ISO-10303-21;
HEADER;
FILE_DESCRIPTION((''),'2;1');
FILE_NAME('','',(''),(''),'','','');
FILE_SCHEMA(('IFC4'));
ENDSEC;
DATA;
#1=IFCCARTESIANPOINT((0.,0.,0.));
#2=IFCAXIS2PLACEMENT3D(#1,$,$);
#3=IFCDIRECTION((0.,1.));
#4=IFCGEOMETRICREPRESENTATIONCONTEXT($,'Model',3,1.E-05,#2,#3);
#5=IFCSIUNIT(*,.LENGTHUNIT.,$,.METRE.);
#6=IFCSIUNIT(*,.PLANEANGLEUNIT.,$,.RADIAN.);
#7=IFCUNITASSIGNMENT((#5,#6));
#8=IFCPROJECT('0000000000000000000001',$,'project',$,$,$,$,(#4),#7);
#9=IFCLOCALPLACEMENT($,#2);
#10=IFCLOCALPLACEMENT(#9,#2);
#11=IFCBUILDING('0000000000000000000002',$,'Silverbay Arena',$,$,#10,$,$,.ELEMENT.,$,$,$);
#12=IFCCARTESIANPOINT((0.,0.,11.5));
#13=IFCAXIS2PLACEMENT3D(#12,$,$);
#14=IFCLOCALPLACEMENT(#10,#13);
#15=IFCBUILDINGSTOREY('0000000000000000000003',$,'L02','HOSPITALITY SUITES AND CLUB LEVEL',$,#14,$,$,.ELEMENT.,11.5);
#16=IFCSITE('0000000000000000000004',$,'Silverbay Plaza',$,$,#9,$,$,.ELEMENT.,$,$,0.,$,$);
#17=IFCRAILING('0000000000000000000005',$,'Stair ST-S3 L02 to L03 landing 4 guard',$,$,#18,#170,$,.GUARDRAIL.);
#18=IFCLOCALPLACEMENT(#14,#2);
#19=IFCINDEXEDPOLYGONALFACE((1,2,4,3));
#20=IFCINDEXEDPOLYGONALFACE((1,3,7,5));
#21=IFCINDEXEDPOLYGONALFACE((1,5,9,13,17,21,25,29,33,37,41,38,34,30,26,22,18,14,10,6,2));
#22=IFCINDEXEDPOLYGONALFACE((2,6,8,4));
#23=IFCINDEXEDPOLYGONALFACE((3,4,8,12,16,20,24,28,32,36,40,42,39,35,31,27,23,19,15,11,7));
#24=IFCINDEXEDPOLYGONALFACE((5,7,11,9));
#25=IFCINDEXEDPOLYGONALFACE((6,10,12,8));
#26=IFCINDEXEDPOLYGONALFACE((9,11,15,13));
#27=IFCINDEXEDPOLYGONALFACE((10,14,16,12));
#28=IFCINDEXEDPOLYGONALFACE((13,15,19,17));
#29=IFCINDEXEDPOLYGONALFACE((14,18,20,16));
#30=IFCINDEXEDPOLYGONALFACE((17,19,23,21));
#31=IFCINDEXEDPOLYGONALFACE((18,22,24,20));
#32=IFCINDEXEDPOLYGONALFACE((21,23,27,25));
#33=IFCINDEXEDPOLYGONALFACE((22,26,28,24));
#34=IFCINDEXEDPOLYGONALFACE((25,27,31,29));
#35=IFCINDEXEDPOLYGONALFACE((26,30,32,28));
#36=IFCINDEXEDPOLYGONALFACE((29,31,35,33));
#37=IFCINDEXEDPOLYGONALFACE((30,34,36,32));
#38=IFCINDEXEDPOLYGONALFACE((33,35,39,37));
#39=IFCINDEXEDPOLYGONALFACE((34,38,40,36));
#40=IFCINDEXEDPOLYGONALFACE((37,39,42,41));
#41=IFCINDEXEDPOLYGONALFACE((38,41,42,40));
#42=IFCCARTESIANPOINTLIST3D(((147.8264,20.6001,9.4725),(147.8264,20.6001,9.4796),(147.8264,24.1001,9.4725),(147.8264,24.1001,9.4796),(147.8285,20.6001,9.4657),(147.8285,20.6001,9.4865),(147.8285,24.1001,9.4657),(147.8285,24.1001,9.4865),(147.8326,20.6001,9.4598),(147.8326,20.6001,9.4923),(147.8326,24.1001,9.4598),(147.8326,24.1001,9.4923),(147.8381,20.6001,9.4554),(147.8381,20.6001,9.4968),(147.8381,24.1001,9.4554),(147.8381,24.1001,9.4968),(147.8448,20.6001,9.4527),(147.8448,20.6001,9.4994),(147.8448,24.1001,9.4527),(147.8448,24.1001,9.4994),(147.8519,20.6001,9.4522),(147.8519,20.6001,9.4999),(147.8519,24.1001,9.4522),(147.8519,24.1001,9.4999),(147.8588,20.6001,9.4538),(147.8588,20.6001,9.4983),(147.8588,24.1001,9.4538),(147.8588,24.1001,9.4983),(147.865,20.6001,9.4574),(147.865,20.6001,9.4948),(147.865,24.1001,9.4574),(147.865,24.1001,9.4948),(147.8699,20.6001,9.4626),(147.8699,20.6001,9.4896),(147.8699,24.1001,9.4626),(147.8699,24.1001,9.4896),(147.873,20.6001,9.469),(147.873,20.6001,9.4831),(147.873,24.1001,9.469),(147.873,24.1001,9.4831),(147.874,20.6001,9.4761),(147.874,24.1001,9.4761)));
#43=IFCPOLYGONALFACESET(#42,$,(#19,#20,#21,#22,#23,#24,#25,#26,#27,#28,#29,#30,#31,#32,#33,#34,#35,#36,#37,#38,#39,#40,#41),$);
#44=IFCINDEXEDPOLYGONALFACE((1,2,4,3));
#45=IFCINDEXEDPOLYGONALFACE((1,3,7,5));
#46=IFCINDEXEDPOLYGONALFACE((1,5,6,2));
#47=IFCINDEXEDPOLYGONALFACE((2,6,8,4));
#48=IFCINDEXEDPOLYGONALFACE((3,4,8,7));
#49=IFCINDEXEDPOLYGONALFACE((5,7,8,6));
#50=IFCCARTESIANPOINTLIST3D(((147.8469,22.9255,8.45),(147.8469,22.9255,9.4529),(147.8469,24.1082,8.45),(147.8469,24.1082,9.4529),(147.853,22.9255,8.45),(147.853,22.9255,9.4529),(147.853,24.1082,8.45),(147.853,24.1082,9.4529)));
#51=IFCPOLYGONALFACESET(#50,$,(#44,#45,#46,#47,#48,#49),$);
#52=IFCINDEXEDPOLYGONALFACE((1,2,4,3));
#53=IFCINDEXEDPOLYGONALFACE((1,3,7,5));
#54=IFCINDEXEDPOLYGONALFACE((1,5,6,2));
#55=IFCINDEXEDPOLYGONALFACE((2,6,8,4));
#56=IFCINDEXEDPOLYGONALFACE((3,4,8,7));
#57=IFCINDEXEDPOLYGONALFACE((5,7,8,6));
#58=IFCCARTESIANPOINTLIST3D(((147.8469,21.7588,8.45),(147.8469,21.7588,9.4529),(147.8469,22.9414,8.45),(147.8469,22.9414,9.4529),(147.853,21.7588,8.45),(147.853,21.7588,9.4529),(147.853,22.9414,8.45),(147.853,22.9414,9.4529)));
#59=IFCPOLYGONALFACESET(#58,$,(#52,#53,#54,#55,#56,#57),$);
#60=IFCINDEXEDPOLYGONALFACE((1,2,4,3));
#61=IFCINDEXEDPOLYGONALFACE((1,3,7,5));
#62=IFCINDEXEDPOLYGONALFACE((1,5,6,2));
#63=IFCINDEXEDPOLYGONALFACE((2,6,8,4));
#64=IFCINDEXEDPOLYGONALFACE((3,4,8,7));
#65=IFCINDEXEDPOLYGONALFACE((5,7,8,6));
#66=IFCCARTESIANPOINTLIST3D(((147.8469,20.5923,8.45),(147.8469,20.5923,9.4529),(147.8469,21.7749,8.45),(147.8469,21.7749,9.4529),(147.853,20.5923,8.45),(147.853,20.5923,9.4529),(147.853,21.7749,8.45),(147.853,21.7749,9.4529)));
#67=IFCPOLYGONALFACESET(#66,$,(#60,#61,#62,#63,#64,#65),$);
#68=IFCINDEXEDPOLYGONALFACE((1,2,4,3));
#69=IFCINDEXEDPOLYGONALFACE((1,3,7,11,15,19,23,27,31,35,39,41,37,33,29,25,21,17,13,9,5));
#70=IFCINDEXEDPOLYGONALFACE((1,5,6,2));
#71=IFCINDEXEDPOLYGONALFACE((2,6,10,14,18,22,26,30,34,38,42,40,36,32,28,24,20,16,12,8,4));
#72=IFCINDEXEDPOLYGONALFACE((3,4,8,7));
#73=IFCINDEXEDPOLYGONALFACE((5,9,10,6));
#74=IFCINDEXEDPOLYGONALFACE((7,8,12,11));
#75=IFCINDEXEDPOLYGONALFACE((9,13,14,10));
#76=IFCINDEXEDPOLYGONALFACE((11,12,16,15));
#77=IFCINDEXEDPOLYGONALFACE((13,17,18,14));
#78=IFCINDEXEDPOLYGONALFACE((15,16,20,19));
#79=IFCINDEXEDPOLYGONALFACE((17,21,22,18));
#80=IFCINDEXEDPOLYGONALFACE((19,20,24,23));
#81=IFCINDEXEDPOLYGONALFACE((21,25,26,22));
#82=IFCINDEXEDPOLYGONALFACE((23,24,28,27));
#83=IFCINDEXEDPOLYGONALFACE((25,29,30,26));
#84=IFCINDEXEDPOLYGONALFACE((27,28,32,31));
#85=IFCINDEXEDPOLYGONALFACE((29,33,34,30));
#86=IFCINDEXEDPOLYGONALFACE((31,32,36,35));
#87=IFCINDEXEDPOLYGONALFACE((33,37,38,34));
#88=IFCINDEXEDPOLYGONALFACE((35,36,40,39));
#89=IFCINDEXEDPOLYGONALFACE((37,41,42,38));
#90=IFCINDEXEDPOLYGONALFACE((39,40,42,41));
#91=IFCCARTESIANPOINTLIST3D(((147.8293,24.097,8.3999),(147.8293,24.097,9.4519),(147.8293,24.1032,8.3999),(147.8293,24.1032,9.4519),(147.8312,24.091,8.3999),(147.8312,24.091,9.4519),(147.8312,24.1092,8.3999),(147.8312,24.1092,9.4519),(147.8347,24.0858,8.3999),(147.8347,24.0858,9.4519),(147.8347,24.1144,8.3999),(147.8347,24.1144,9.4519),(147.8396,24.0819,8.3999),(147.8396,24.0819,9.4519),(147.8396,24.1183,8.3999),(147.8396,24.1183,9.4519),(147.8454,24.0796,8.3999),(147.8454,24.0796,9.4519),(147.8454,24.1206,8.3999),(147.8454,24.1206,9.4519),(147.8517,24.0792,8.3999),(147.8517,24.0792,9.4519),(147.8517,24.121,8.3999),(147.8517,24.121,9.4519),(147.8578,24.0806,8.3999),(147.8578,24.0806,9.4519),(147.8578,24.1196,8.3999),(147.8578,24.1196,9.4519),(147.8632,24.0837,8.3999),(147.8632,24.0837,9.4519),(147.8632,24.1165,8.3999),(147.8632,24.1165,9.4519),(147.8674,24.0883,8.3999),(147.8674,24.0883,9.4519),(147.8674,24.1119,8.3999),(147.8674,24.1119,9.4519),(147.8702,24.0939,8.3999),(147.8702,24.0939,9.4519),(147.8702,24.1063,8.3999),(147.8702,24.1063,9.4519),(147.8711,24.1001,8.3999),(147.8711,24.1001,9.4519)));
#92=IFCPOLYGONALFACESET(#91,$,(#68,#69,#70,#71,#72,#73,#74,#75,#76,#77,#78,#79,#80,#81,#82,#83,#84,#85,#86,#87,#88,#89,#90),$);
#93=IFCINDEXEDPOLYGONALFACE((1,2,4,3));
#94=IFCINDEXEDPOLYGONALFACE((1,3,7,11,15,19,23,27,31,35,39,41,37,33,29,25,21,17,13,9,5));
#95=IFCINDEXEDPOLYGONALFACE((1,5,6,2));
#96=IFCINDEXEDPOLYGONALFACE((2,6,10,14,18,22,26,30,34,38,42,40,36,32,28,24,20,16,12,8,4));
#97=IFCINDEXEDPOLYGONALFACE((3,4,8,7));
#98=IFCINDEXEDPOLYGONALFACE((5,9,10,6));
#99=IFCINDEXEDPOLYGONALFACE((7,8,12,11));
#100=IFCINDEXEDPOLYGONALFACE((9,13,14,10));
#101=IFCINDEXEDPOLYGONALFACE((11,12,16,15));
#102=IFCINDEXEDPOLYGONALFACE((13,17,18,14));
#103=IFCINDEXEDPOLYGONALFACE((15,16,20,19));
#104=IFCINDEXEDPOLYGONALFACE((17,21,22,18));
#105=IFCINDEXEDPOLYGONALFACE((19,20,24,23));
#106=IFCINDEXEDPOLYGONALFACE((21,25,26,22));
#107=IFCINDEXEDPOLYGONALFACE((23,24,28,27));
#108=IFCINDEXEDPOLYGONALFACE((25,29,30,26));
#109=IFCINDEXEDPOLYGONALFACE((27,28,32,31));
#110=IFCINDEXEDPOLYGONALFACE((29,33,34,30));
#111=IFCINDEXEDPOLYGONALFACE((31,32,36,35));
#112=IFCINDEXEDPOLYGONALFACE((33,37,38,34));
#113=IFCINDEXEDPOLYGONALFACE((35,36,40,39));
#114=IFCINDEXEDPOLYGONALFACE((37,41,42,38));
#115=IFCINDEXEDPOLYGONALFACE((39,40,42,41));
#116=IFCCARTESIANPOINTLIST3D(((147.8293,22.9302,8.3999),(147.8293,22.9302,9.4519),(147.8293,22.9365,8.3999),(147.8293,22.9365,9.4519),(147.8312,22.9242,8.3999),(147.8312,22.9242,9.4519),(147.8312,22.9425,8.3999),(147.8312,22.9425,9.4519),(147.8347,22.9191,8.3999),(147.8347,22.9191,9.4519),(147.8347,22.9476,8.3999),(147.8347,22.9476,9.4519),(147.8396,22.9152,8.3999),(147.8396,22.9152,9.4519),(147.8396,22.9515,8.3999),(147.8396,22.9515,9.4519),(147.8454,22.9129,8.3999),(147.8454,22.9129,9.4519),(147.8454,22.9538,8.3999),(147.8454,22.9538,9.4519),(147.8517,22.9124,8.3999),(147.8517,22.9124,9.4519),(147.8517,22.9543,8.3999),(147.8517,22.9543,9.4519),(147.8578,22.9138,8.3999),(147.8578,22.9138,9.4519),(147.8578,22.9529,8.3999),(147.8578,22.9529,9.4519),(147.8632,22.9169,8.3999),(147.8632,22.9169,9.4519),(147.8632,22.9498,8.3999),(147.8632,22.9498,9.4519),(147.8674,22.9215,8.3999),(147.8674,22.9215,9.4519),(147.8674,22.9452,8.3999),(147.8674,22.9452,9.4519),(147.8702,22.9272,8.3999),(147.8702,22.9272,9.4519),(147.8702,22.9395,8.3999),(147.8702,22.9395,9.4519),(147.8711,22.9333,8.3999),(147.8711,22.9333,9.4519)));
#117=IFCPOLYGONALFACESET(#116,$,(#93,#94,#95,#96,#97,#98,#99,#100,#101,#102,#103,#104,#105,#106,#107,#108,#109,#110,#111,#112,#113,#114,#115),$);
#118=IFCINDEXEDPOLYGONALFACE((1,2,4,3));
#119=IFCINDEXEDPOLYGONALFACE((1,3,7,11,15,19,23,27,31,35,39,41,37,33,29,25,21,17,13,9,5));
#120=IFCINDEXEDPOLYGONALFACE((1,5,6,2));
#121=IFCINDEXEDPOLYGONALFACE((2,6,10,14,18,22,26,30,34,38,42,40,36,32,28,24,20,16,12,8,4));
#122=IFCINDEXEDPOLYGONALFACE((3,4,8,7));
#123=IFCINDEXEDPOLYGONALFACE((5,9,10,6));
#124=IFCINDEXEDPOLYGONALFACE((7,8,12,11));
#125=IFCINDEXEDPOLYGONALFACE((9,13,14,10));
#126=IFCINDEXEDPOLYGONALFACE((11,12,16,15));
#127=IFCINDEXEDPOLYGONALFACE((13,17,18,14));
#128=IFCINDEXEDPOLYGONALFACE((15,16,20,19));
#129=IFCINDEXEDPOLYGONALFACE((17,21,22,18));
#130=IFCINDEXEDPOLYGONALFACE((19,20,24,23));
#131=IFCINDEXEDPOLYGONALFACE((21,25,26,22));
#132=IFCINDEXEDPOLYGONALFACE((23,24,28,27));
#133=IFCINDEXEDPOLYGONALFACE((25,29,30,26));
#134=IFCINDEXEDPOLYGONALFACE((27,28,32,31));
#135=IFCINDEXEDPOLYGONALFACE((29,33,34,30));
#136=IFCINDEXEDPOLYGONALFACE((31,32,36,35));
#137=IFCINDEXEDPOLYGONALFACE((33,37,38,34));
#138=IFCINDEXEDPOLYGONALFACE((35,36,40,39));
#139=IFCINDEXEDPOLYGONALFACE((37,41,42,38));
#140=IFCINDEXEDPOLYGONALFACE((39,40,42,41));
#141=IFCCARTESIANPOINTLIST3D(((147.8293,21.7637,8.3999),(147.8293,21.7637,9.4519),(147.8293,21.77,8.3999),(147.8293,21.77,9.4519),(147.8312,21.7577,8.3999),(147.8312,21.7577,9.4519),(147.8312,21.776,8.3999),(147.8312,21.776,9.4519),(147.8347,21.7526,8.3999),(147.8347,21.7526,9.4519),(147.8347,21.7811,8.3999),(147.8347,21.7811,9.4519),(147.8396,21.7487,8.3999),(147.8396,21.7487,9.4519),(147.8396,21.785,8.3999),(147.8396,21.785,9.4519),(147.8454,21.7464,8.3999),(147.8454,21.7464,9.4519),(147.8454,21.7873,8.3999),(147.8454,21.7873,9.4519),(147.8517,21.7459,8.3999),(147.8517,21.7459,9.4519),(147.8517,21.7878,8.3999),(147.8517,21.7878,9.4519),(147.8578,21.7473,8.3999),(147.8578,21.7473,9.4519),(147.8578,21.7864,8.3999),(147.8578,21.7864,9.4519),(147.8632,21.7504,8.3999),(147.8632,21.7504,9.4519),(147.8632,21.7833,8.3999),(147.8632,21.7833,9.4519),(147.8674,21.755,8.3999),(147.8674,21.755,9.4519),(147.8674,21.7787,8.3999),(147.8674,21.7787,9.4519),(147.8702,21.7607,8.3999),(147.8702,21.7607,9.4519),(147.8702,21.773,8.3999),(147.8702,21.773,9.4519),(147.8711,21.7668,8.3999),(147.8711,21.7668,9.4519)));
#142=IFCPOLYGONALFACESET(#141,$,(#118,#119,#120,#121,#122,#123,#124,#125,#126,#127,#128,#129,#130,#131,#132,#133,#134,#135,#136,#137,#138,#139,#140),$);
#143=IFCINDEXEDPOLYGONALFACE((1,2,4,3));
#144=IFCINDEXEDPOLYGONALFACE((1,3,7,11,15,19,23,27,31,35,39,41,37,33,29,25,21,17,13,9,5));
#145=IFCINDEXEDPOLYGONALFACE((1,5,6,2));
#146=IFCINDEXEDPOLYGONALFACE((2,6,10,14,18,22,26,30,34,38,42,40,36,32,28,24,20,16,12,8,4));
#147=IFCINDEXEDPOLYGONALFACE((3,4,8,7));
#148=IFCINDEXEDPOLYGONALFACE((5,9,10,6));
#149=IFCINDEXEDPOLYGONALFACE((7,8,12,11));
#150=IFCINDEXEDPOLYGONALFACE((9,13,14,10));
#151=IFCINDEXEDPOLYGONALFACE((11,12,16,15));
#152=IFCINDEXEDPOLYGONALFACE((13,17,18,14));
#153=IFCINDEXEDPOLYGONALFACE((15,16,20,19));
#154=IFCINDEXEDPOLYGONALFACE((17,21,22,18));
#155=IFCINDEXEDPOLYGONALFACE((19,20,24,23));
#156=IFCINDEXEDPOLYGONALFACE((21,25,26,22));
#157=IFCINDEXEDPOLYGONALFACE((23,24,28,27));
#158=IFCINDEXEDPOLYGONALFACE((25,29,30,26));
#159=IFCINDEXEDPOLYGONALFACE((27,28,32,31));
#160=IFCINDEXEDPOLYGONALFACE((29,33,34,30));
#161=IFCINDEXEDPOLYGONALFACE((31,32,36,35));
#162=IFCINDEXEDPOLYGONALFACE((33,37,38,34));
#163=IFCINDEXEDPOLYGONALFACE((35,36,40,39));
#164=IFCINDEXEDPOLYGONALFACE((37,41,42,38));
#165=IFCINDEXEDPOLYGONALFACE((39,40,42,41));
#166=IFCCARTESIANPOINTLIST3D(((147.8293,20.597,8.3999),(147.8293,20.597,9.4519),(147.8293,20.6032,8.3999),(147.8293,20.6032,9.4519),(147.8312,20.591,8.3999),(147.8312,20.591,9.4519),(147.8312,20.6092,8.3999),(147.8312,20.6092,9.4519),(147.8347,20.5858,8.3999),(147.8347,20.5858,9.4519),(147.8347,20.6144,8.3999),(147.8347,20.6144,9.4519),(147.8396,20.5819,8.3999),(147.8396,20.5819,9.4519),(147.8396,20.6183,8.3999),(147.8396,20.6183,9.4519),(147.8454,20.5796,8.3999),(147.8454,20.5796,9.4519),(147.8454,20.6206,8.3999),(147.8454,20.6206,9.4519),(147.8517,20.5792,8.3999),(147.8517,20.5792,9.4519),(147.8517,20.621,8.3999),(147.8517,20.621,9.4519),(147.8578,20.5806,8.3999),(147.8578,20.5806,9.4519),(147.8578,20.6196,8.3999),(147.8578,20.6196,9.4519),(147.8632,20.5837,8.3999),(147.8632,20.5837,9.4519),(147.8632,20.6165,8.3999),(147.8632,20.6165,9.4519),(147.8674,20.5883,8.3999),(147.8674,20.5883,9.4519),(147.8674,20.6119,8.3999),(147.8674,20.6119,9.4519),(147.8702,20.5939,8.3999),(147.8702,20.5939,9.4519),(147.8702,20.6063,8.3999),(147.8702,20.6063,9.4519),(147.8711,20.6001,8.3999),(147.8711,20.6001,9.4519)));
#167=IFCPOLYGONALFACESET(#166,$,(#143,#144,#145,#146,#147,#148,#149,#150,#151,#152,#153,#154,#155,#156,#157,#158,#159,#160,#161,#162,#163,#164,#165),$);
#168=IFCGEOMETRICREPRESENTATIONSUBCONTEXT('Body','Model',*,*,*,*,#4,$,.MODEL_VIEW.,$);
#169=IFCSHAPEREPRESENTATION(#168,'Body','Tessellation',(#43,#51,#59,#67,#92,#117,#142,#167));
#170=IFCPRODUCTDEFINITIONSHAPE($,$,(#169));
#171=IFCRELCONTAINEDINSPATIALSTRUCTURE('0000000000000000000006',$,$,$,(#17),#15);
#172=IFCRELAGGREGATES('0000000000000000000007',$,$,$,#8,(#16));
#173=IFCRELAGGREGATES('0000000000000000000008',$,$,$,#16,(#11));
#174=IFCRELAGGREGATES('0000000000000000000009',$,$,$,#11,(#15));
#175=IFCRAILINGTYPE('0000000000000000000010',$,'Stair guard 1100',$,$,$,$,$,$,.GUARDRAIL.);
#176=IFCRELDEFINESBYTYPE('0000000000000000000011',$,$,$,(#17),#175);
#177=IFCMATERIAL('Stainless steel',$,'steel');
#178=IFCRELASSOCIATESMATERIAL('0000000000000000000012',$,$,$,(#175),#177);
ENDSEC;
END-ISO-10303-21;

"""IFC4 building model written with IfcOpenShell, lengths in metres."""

from ifc_helpers import new_model, si_unit, direction, frame, origin, origin_2d, place, context, subcontext, project, spatial, polyline, circle, outline, extrude, material, type_object, element, save


model = new_model("IFC4")

# Units and contexts
model_context = context("Model", 3, precision=1e-05, world=origin(), true_north=direction((0.0, 1.0)))
body_context = subcontext(model_context, "Body", "Model", "MODEL_VIEW")
ifc_project = project(units=[si_unit("LENGTHUNIT", "METRE"), si_unit("PLANEANGLEUNIT", "RADIAN")], contexts=[model_context])

# Site, building, storey
site_placement = place(None, origin())
site = spatial("IfcSite", under=ifc_project, at=site_placement, Name="Silverbay Plaza", CompositionType="ELEMENT", RefElevation=0.0)
building_placement = place(site_placement, origin())
building = spatial("IfcBuilding", under=site, at=building_placement, Name="Silverbay Arena", CompositionType="ELEMENT")
storey_placement = place(building_placement, frame((0.0, 0.0, 11.5)))
storey = spatial("IfcBuildingStorey", under=building, at=storey_placement, Name="L02", Description="HOSPITALITY SUITES AND CLUB LEVEL", CompositionType="ELEMENT", Elevation=11.5)

# Railing
ifc_material_1 = material(Name="Stainless steel", Category="steel")
railing_type_1 = type_object("IfcRailingType", Name="Stair guard 1100", PredefinedType="GUARDRAIL", material=ifc_material_1)
for number, where, name in (
    (1, (147.8501, 24.1001, 8.3999), "Stair ST-S3 L02 to L03 landing 4 guard"),
):
    element("IfcRailing", number, at=place(storey_placement, frame(where)), inside=storey, type_object=railing_type_1, Name=name, PredefinedType="GUARDRAIL", context=body_context, shape_type="SweptSolid", body=[
        extrude(circle(Radius=0.0239, at=origin_2d()), frame((0.0, 0.0, 1.0762), z_axis=(0.0, -1.0, 0.0), x_axis=(1.0, 0.0, 0.0)), (0.0, 0.0, 1.0), 3.5),
        extrude(outline(polyline([(-0.0081, 0.05), (1.1746, 0.05), (1.1746, 1.053), (-0.0081, 1.053), (-0.0081, 0.05)])), frame((0.0029, 0.0, 0.0), z_axis=(-1.0, 0.0, 0.0), x_axis=(0.0, -1.0, 0.0)), (0.0, 0.0, 1.0), 0.0061),
        extrude(outline(polyline([(-0.0081, 0.05), (1.1746, 0.05), (1.1746, 1.053), (-0.0081, 1.053), (-0.0081, 0.05)])), frame((0.0029, -1.1667, 0.0), z_axis=(-1.0, 0.0, 0.0), x_axis=(0.0, -1.0, 0.0)), (0.0, 0.0, 1.0), 0.0061),
        extrude(outline(polyline([(-0.0081, 0.05), (1.1746, 0.05), (1.1746, 1.053), (-0.0081, 1.053), (-0.0081, 0.05)])), frame((0.0029, -2.3333, 0.0), z_axis=(-1.0, 0.0, 0.0), x_axis=(0.0, -1.0, 0.0)), (0.0, 0.0, 1.0), 0.0061),
        extrude(circle(Radius=0.021, at=origin_2d()), origin(), (0.0, 0.0, 1.0), 1.052),
        extrude(circle(Radius=0.021, at=origin_2d()), frame((0.0, -1.1667, 0.0)), (0.0, 0.0, 1.0), 1.052),
        extrude(circle(Radius=0.021, at=origin_2d()), frame((0.0, -2.3333, 0.0)), (0.0, 0.0, 1.0), 1.052),
        extrude(circle(Radius=0.021, at=origin_2d()), frame((0.0, -3.5, 0.0)), (0.0, 0.0, 1.0), 1.052),
    ])

save(model, "model.ifc")
